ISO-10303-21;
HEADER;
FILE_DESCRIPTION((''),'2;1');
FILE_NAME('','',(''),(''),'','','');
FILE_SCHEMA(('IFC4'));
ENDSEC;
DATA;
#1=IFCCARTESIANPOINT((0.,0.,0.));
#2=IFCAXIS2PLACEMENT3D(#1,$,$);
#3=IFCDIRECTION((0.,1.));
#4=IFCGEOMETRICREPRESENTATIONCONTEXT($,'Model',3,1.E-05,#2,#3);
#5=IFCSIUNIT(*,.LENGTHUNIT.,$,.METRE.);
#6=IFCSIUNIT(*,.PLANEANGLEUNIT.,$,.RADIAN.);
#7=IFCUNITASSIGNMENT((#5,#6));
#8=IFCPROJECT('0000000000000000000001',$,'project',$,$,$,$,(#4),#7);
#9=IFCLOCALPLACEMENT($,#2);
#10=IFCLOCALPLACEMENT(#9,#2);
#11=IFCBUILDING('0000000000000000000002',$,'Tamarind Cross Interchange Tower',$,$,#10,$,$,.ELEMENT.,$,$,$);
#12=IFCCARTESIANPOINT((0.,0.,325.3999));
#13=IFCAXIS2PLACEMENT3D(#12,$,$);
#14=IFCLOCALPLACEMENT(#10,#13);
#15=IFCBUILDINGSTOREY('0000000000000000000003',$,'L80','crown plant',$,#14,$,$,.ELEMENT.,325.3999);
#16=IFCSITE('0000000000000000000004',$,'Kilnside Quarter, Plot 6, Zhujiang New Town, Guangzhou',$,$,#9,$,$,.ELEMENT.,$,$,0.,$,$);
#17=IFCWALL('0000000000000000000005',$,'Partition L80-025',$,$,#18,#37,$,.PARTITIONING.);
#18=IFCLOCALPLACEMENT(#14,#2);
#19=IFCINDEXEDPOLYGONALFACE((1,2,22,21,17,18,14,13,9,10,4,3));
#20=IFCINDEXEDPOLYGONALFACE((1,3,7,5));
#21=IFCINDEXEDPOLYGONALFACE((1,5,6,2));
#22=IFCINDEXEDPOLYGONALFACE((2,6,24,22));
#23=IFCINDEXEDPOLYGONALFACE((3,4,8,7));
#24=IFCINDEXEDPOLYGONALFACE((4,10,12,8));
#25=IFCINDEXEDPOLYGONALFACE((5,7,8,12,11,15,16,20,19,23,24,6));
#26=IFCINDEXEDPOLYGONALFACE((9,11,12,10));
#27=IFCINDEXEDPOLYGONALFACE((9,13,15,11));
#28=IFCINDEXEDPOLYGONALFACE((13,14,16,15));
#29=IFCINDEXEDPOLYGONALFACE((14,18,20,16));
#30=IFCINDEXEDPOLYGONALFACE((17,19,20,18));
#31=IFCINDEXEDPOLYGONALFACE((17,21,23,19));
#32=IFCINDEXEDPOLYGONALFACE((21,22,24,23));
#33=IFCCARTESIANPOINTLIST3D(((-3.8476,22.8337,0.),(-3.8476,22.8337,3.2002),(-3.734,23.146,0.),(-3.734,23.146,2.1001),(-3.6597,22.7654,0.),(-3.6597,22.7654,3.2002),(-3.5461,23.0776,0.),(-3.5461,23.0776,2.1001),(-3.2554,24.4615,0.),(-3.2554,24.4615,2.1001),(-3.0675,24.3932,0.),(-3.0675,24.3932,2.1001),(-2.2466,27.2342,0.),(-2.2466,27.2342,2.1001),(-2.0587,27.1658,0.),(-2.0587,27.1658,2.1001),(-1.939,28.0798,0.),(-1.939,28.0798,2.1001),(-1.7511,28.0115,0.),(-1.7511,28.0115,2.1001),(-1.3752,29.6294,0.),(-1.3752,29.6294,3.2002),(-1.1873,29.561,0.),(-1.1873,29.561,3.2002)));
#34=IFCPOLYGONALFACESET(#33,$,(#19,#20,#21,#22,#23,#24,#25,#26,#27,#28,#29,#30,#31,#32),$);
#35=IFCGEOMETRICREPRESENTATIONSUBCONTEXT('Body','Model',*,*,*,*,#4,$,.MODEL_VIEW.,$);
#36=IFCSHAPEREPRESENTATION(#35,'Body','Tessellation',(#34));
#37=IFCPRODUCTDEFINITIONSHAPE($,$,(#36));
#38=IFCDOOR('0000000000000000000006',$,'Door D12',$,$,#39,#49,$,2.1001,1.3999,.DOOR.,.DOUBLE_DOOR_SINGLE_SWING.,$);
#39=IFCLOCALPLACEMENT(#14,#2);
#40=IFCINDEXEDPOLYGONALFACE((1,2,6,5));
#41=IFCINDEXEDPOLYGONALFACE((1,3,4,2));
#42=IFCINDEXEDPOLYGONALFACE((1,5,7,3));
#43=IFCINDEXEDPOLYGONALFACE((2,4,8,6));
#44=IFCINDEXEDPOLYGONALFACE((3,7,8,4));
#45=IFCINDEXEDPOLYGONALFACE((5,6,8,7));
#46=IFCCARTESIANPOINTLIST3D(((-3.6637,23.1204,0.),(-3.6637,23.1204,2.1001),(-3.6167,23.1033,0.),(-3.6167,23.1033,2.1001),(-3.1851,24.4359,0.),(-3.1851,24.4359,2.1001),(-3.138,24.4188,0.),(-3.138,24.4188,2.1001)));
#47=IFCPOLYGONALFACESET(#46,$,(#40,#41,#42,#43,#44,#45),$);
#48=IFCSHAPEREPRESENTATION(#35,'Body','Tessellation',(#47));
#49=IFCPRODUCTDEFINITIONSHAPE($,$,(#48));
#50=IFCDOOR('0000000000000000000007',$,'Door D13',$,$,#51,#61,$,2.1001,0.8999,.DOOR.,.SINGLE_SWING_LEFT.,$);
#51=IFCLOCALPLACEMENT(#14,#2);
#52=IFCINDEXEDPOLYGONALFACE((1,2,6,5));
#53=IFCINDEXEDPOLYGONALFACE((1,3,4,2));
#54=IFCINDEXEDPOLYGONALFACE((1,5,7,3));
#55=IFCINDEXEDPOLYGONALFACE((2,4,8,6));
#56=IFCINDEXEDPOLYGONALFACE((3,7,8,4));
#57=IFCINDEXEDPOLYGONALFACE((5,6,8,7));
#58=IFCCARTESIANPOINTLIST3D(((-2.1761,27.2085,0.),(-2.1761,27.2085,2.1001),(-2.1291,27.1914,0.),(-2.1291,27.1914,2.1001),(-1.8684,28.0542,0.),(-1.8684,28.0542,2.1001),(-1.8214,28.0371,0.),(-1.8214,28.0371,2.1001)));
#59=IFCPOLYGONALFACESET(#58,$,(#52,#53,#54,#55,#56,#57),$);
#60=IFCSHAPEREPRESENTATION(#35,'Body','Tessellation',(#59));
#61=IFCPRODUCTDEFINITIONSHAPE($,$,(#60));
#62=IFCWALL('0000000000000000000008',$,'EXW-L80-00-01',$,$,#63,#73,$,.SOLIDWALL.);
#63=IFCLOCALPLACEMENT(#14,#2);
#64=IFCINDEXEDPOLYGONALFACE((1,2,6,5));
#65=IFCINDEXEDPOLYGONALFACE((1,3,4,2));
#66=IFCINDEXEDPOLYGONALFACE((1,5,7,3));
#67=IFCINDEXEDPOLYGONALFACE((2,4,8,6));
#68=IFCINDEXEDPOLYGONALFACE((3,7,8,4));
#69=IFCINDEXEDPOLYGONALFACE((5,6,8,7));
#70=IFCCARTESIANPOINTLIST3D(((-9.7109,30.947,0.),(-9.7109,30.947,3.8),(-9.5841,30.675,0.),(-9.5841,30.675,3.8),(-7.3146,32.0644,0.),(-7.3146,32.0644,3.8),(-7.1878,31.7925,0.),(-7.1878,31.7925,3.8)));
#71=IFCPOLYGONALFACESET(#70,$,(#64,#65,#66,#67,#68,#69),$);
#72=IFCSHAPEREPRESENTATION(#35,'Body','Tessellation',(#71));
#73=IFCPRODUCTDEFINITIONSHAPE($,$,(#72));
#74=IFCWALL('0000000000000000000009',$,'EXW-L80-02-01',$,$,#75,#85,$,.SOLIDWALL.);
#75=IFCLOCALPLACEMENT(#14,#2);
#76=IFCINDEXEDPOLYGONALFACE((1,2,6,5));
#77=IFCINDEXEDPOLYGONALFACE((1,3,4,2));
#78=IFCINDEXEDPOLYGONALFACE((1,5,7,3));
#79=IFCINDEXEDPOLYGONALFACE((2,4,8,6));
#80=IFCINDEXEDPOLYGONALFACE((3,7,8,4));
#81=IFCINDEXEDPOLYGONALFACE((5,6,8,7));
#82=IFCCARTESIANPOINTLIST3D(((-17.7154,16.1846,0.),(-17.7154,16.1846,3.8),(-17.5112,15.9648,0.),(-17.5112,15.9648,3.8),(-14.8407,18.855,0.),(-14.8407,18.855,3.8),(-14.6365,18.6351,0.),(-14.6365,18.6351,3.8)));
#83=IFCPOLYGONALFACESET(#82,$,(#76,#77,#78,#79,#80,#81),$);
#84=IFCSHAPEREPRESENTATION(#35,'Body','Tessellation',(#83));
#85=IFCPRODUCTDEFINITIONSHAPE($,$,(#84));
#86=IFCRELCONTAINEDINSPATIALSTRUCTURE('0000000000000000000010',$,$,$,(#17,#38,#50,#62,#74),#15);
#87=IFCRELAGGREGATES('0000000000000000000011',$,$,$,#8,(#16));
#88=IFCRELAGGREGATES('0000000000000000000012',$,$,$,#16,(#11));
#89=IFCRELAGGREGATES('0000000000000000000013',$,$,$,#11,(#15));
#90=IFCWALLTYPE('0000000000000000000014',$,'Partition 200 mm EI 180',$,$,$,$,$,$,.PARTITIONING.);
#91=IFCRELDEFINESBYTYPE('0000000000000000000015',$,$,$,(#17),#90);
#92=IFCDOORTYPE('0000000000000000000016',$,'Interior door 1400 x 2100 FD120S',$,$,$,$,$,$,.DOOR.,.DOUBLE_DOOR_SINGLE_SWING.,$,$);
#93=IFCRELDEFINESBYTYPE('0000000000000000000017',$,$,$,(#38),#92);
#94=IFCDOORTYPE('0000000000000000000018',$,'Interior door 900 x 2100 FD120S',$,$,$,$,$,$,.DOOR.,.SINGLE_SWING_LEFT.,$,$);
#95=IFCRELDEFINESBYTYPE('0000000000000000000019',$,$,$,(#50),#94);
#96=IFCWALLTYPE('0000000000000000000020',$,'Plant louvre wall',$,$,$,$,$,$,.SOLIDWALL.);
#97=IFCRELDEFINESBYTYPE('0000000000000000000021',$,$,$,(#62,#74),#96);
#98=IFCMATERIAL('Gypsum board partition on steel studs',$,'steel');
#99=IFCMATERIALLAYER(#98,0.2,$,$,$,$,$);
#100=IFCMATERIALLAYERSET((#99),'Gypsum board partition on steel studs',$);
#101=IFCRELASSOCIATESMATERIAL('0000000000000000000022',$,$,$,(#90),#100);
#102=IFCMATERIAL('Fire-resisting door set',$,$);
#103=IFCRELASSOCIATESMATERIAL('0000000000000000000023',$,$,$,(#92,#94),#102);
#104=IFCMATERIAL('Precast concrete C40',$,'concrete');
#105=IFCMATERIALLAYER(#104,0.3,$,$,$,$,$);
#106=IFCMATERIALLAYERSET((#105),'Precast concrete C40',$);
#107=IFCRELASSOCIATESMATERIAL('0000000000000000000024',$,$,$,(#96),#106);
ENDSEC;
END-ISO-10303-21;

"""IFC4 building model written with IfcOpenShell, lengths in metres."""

from ifc_helpers import new_model, si_unit, direction, frame, frame_2d, origin, place, context, subcontext, project, spatial, rectangle, extrude, material, layer, layer_set, type_object, element, fill, save


model = new_model("IFC4")

# Units and contexts
model_context = context("Model", 3, precision=1e-05, world=origin(), true_north=direction((0.0, 1.0)))
body_context = subcontext(model_context, "Body", "Model", "MODEL_VIEW")
ifc_project = project(units=[si_unit("LENGTHUNIT", "METRE"), si_unit("PLANEANGLEUNIT", "RADIAN")], contexts=[model_context])

# Site, building, storey
site_placement = place(None, origin())
site = spatial("IfcSite", under=ifc_project, at=site_placement, Name="Kilnside Quarter, Plot 6, Zhujiang New Town, Guangzhou", CompositionType="ELEMENT", RefElevation=0.0)
building_placement = place(site_placement, origin())
building = spatial("IfcBuilding", under=site, at=building_placement, Name="Tamarind Cross Interchange Tower", CompositionType="ELEMENT")
storey_placement = place(building_placement, frame((0.0, 0.0, 325.3999)))
storey = spatial("IfcBuildingStorey", under=building, at=storey_placement, Name="L80", Description="crown plant", CompositionType="ELEMENT", Elevation=325.3999)

# Shared definitions
ifc_material_1 = material(Name="Gypsum board partition on steel studs", Category="steel")

# Shared definitions
ifc_material_2 = material(Name="Fire-resisting door set")

# Shared definitions
ifc_layer_1 = layer(ifc_material_1, 0.2)
ifc_layer_set_1 = layer_set([ifc_layer_1], Name="Gypsum board partition on steel studs")
wall_type_1 = type_object("IfcWallType", Name="Partition 200 mm EI 180", PredefinedType="PARTITIONING", material=ifc_layer_set_1)

# Shared definitions
door_type_1 = type_object("IfcDoorType", Name="Interior door 1400 x 2100 FD120S", OperationType="DOUBLE_DOOR_SINGLE_SWING", PredefinedType="DOOR", material=ifc_material_2)

# Wall, openings, doors
wall_1_placement = place(storey_placement, frame((-3.7537, 22.7996, 0.0), z_axis=(0.0, 0.0, 1.0), x_axis=(0.341898, 0.939737, 0.0)))
wall_1 = element("IfcWall", 1, at=wall_1_placement, inside=storey, type_object=wall_type_1, Name="Partition L80-025", PredefinedType="PARTITIONING", context=body_context, shape_type="SweptSolid", body=[
    extrude(rectangle(XDim=7.2314, YDim=0.2, at=frame_2d((3.6157, 0.0))), origin(), (0.0, 0.0, 1.0), 3.2002),
])
opening_1_placement = place(wall_1_placement, frame((0.3323, 0.0, 0.0)))
opening_1 = element("IfcOpeningElement", 2, at=opening_1_placement, cuts=wall_1, PredefinedType="OPENING", context=body_context, shape_type="SweptSolid", body=[
    extrude(rectangle(XDim=1.3999, YDim=2.1001, at=frame_2d((0.7, 1.05))), frame((0.0, 0.1099, 0.0), z_axis=(0.0, -1.0, 0.0), x_axis=(1.0, 0.0, 0.0)), (0.0, 0.0, 1.0), 0.22),
])
opening_2_placement = place(wall_1_placement, frame((4.6826, 0.0, 0.0)))
opening_2 = element("IfcOpeningElement", 3, at=opening_2_placement, cuts=wall_1, PredefinedType="OPENING", context=body_context, shape_type="SweptSolid", body=[
    extrude(rectangle(XDim=0.8999, YDim=2.1001, at=frame_2d((0.45, 1.05))), frame((0.0, 0.1099, 0.0), z_axis=(0.0, -1.0, 0.0), x_axis=(1.0, 0.0, 0.0)), (0.0, 0.0, 1.0), 0.22),
])
door_1_placement = place(opening_1_placement, frame((1.3999, 0.0, 0.0), z_axis=(0.0, 0.0, 1.0), x_axis=(-1.0, 0.0, 0.0)))
door_1 = element("IfcDoor", 4, at=door_1_placement, inside=storey, type_object=door_type_1, Name="Door D12", OperationType="DOUBLE_DOOR_SINGLE_SWING", OverallHeight=2.1001, OverallWidth=1.3999, PredefinedType="DOOR", context=body_context, shape_type="SweptSolid", body=[
    extrude(rectangle(XDim=1.3999, YDim=2.1001, at=frame_2d((0.7, 1.05))), frame((0.0, 0.0249, 0.0), z_axis=(0.0, -1.0, 0.0), x_axis=(1.0, 0.0, 0.0)), (0.0, 0.0, 1.0), 0.05),
])
fill(opening_1, door_1)
door_type_2 = type_object("IfcDoorType", Name="Interior door 900 x 2100 FD120S", OperationType="SINGLE_SWING_LEFT", PredefinedType="DOOR", material=ifc_material_2)
door_2_placement = place(opening_2_placement, origin())
door_2 = element("IfcDoor", 5, at=door_2_placement, inside=storey, type_object=door_type_2, Name="Door D13", OperationType="SINGLE_SWING_LEFT", OverallHeight=2.1001, OverallWidth=0.8999, PredefinedType="DOOR", context=body_context, shape_type="SweptSolid", body=[
    extrude(rectangle(XDim=0.8999, YDim=2.1001, at=frame_2d((0.45, 1.05))), frame((0.0, 0.0249, 0.0), z_axis=(0.0, -1.0, 0.0), x_axis=(1.0, 0.0, 0.0)), (0.0, 0.0, 1.0), 0.05),
])
fill(opening_2, door_2)

# Wall
ifc_material_3 = material(Name="Precast concrete C40", Category="concrete")
ifc_layer_2 = layer(ifc_material_3, 0.3)
ifc_layer_set_2 = layer_set([ifc_layer_2], Name="Precast concrete C40")
wall_type_2 = type_object("IfcWallType", Name="Plant louvre wall", PredefinedType="SOLIDWALL", material=ifc_layer_set_2)
wall_2_placement = place(storey_placement, frame((-7.2512, 31.9285, 0.0), z_axis=(0.0, 0.0, 1.0), x_axis=(-0.906301, -0.422633, 0.0)))
element("IfcWall", 6, at=wall_2_placement, inside=storey, type_object=wall_type_2, Name="EXW-L80-00-01", PredefinedType="SOLIDWALL", context=body_context, shape_type="SweptSolid", body=[
    extrude(rectangle(XDim=2.644, YDim=0.3, at=frame_2d((1.322, 0.0))), origin(), (0.0, 0.0, 1.0), 3.8),
])

# Wall
wall_3_placement = place(storey_placement, frame((-14.7385, 18.7451, 0.0), z_axis=(0.0, 0.0, 1.0), x_axis=(-0.732667, -0.680587, 0.0)))
element("IfcWall", 7, at=wall_3_placement, inside=storey, type_object=wall_type_2, Name="EXW-L80-02-01", PredefinedType="SOLIDWALL", context=body_context, shape_type="SweptSolid", body=[
    extrude(rectangle(XDim=3.9236, YDim=0.3, at=frame_2d((1.9619, 0.0))), origin(), (0.0, 0.0, 1.0), 3.8),
])

save(model, "model.ifc")
